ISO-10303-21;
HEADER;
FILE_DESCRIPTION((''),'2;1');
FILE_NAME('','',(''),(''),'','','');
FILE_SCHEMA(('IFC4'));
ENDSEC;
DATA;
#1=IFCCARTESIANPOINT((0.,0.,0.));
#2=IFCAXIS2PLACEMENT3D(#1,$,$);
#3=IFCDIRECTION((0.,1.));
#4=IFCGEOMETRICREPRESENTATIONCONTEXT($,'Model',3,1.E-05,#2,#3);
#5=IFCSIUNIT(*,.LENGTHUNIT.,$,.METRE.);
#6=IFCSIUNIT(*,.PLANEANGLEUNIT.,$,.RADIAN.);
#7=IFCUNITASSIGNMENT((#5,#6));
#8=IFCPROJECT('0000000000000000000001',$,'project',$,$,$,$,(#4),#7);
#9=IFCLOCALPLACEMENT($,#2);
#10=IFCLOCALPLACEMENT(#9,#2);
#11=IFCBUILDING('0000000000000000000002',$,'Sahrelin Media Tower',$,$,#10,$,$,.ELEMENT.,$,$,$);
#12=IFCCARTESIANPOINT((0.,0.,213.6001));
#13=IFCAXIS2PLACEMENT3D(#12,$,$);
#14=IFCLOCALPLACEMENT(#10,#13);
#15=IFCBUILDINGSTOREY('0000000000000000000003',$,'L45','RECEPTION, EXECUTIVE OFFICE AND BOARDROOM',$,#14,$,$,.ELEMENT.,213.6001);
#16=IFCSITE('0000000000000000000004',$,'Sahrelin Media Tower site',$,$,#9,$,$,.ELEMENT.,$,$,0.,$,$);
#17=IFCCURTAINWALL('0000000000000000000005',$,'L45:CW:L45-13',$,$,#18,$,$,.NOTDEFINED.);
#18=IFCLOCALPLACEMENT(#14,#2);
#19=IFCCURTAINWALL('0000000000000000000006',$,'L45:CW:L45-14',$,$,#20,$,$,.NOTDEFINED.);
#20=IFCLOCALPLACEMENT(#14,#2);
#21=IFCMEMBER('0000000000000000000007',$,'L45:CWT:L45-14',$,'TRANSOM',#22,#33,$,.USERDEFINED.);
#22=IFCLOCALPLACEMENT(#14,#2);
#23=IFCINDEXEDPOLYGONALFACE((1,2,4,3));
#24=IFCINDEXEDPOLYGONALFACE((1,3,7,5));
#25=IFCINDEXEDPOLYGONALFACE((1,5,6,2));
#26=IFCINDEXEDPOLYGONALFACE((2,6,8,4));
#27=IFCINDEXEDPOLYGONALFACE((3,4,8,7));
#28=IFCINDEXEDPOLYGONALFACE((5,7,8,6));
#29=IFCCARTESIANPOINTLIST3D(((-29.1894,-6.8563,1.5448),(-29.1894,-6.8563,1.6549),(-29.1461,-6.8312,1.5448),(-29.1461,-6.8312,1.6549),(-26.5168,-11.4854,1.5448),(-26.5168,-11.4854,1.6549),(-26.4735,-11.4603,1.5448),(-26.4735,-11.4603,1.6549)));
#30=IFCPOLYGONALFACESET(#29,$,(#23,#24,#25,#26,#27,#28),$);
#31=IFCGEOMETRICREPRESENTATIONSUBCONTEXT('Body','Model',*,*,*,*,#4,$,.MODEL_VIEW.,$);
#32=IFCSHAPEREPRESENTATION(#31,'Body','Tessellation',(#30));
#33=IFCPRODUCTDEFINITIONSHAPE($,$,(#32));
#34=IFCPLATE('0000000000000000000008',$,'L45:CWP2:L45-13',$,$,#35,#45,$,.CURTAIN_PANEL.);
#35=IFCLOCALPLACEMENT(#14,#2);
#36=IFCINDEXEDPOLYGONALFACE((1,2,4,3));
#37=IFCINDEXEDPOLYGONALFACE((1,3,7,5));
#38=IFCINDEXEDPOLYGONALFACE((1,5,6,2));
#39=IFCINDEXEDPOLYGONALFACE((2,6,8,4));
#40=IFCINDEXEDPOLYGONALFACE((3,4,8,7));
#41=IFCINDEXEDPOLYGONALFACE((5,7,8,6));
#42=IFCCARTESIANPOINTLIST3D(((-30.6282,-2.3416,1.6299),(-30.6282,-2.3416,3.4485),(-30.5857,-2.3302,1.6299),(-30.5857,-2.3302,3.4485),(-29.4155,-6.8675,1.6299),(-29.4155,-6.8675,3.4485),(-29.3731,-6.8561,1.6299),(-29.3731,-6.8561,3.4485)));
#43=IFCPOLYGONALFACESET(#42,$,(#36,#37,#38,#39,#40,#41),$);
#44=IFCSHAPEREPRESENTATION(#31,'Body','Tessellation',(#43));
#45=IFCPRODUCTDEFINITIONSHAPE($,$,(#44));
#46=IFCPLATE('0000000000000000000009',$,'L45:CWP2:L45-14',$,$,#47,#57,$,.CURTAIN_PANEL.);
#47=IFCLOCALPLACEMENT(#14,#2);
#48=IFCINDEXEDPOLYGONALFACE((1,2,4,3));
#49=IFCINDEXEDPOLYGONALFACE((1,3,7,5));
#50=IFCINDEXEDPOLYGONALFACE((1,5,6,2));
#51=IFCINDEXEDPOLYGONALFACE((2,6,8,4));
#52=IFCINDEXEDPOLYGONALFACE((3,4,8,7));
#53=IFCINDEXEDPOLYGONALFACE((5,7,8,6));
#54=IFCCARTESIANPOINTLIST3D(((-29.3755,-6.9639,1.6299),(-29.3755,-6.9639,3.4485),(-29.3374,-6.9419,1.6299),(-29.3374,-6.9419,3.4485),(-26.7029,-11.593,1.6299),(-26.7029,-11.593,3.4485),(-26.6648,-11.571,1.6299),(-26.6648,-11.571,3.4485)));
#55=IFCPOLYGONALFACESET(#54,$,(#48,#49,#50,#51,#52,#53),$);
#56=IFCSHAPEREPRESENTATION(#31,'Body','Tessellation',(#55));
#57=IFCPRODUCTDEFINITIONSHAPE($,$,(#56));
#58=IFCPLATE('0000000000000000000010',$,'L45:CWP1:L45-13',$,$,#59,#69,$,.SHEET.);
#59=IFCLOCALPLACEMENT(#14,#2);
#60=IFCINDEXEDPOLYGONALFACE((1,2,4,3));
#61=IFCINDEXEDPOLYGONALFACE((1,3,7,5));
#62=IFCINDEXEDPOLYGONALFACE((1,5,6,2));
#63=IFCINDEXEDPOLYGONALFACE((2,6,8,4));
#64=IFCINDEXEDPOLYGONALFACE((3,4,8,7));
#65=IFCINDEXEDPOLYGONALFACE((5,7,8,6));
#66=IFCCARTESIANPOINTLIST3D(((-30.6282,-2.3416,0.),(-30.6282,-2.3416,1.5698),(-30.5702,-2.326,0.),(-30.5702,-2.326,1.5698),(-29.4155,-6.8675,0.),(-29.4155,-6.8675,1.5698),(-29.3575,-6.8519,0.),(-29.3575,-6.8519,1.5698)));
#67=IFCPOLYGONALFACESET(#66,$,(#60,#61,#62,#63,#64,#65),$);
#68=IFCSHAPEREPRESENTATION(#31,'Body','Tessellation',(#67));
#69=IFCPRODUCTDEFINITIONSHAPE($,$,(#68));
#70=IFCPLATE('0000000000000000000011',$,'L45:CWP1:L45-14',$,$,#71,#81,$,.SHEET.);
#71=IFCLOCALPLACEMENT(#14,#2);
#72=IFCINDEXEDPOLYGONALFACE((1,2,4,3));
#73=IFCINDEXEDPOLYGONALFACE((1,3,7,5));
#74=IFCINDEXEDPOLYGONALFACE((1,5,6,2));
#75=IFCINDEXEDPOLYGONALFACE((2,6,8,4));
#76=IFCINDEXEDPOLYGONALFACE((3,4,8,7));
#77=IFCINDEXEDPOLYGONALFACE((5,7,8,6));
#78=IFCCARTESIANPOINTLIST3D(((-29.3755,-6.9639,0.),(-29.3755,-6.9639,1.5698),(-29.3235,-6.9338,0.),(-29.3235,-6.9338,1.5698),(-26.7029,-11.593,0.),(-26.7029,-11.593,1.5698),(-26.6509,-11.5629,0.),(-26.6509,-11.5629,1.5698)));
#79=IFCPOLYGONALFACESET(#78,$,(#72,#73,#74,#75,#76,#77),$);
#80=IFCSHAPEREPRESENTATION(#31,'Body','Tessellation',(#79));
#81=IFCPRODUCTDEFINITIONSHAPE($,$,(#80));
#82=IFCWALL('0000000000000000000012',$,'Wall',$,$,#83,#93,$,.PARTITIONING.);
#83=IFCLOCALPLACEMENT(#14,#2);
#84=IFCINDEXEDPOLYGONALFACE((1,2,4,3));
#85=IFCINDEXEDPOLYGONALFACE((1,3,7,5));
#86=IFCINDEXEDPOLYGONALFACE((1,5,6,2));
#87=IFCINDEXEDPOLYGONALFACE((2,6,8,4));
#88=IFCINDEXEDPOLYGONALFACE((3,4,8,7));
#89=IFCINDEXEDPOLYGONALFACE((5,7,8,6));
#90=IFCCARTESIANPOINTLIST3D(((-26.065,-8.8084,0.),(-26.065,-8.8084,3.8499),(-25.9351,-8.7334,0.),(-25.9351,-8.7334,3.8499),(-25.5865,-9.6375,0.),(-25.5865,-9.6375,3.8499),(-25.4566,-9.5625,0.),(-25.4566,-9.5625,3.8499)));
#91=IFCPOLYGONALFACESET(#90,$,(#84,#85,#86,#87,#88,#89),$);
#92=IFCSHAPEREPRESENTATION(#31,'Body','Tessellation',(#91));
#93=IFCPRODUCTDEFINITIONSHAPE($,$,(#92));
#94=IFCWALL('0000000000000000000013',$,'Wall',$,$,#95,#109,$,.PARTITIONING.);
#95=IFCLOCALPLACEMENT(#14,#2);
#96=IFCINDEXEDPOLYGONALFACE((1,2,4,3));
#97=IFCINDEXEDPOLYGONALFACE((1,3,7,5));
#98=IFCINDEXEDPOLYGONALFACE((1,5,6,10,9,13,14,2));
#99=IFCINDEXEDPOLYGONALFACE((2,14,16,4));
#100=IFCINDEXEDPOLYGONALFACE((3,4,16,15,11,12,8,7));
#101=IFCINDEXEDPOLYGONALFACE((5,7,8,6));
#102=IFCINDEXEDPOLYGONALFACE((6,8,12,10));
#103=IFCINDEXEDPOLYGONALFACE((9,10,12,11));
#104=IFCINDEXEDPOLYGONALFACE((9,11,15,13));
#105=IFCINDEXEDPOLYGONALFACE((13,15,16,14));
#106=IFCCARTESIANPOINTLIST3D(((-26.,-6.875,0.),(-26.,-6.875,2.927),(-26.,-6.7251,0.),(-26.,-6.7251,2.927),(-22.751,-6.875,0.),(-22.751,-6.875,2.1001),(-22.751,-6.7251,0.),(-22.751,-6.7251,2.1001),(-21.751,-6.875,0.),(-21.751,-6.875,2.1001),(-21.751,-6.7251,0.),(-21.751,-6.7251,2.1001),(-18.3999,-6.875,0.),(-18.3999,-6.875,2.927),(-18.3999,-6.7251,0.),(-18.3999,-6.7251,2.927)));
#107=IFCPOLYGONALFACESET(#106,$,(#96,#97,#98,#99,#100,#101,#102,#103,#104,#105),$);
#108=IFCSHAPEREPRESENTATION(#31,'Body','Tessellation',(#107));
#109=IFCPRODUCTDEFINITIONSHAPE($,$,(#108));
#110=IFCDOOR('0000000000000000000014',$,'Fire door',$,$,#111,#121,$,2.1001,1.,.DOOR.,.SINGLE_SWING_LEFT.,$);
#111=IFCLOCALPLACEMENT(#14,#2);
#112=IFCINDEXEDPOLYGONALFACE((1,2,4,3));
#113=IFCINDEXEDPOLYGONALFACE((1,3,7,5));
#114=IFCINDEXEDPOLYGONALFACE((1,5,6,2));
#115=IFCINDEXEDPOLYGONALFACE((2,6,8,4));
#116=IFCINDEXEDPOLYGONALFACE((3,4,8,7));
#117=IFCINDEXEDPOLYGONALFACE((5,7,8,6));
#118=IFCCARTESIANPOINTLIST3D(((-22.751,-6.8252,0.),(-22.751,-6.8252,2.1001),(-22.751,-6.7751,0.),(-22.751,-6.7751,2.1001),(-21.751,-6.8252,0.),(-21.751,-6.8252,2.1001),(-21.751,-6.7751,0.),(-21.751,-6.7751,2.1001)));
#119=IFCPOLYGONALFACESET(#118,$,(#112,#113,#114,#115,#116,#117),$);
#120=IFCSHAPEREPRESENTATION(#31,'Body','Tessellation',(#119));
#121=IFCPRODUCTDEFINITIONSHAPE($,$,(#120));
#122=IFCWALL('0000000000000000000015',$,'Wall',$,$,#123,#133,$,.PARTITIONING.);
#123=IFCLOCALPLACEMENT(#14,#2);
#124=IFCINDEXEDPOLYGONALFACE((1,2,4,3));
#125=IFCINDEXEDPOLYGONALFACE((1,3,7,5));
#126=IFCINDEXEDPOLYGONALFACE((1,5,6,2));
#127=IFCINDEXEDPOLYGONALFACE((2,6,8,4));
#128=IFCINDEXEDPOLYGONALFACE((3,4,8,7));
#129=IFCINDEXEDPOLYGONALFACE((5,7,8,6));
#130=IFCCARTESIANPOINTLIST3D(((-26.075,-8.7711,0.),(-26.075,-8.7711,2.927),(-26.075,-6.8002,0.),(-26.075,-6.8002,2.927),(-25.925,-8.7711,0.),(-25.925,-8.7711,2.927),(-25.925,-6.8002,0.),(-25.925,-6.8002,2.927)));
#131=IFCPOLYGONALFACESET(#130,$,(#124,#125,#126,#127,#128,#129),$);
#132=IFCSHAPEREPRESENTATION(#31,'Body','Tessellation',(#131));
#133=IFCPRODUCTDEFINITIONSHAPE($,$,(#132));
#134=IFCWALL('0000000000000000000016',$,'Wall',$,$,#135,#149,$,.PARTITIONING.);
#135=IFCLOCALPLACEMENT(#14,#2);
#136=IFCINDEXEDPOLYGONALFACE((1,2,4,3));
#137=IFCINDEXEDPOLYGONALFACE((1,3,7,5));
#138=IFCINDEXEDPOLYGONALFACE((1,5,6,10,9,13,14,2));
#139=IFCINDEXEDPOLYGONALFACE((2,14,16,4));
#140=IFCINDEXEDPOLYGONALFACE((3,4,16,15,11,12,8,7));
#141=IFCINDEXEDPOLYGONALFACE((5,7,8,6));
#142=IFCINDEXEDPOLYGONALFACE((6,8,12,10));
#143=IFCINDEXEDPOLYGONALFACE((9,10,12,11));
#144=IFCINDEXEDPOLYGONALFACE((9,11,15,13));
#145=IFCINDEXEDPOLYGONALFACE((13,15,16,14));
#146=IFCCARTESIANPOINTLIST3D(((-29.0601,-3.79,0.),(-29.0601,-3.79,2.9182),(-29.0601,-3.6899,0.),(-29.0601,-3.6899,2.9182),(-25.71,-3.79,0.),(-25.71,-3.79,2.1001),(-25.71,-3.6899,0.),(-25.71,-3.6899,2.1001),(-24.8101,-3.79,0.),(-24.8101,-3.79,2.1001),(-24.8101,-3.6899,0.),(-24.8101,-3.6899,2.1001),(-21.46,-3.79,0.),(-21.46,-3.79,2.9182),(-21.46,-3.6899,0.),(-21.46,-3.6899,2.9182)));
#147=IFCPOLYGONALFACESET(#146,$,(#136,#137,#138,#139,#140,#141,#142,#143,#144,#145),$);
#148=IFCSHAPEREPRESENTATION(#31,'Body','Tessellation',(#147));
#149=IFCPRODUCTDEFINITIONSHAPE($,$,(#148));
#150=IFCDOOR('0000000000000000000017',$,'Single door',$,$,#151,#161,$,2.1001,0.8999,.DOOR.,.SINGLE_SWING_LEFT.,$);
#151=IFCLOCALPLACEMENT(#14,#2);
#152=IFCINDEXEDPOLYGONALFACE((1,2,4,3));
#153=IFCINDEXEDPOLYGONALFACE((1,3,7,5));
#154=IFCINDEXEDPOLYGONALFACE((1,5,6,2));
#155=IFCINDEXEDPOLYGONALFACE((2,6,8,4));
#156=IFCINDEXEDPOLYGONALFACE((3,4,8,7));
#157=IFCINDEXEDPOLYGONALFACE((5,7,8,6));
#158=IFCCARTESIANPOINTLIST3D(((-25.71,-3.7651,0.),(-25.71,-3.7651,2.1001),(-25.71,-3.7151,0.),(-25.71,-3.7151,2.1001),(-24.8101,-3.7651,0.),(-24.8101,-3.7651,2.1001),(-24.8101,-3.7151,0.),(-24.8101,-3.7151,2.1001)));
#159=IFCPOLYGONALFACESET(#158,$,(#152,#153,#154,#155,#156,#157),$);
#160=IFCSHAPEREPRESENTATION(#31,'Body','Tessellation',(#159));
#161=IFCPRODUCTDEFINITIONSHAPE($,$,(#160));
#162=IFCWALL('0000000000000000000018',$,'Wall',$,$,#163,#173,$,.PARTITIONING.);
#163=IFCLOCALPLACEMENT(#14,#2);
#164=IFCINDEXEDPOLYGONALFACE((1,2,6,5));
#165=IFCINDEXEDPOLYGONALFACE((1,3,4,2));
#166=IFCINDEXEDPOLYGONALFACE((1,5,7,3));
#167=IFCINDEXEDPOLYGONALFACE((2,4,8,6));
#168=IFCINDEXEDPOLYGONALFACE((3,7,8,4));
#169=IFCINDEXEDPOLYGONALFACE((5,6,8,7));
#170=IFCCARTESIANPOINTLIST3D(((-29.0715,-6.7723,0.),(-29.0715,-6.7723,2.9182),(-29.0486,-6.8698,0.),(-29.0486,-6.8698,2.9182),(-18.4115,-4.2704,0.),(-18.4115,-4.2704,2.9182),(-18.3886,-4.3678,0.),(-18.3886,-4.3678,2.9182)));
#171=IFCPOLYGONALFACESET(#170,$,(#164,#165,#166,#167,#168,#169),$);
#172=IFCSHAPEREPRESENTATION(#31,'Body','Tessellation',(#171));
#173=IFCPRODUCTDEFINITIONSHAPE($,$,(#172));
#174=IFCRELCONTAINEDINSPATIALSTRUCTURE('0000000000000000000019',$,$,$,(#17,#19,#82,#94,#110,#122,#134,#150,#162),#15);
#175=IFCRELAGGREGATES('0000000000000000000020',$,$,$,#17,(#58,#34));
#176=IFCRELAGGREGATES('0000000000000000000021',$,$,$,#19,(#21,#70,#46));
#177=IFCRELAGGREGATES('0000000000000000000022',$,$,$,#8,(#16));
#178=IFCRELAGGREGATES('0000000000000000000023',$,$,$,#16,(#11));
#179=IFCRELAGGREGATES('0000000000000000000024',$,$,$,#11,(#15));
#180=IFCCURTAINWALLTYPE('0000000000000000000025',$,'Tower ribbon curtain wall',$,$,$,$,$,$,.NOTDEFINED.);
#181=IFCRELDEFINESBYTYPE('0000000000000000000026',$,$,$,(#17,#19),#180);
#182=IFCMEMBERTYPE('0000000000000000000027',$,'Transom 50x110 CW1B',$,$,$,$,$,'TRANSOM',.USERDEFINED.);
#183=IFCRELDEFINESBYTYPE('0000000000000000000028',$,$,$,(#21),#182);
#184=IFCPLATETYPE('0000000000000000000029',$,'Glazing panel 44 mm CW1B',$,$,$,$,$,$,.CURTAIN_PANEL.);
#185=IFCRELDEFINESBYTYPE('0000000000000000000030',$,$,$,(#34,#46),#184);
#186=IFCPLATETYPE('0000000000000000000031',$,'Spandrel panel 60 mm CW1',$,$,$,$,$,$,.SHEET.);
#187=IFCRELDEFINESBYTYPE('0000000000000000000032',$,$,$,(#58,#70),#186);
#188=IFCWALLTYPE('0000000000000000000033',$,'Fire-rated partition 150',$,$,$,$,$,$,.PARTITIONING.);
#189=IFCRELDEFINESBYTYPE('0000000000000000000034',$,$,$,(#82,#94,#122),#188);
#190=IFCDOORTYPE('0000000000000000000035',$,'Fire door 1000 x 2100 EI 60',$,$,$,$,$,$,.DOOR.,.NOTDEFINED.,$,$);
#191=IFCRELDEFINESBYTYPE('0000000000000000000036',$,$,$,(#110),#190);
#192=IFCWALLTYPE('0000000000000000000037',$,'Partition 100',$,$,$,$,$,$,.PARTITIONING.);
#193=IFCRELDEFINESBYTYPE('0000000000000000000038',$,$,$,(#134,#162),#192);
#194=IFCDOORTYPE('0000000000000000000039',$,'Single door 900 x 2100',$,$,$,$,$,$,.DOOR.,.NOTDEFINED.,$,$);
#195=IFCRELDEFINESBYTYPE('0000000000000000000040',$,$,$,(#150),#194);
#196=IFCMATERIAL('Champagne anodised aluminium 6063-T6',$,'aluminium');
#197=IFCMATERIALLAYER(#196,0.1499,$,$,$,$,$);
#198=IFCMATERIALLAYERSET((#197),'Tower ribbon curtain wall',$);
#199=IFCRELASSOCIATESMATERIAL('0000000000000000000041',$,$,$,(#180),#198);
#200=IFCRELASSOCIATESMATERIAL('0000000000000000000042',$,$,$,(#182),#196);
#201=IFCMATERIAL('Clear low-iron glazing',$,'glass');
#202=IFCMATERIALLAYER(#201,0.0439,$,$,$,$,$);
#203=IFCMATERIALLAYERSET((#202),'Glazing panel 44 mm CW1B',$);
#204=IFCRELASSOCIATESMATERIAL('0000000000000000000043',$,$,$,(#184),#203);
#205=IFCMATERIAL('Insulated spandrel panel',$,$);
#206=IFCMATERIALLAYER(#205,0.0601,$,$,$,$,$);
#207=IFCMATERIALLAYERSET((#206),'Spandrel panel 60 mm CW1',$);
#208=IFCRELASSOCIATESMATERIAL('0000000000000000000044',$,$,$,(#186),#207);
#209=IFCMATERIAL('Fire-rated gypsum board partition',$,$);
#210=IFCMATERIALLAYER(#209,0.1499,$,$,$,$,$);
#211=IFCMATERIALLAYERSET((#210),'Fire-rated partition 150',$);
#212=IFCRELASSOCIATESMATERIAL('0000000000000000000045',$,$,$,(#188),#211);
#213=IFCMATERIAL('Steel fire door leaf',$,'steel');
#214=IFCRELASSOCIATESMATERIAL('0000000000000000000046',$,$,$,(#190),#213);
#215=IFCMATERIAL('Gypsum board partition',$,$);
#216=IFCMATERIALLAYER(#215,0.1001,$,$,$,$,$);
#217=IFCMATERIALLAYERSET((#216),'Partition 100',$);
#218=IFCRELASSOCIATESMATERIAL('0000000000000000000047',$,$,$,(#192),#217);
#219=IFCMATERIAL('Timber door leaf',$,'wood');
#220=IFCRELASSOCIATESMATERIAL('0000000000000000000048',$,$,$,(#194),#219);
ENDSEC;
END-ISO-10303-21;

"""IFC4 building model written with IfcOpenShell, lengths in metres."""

from ifc_helpers import new_model, si_unit, direction, frame, frame_2d, origin, origin_2d, place, context, subcontext, project, spatial, polyline, rectangle, outline, extrude, material, layer, layer_set, material_profile, profile_set, type_object, element, fill, aggregate, save


model = new_model("IFC4")

# Units and contexts
model_context = context("Model", 3, precision=1e-05, world=origin(), true_north=direction((0.0, 1.0)))
body_context = subcontext(model_context, "Body", "Model", "MODEL_VIEW")
ifc_project = project(units=[si_unit("LENGTHUNIT", "METRE"), si_unit("PLANEANGLEUNIT", "RADIAN")], contexts=[model_context])

# Site, building, storey
site_placement = place(None, origin())
site = spatial("IfcSite", under=ifc_project, at=site_placement, Name="Sahrelin Media Tower site", CompositionType="ELEMENT", RefElevation=0.0)
building_placement = place(site_placement, origin())
building = spatial("IfcBuilding", under=site, at=building_placement, Name="Sahrelin Media Tower", CompositionType="ELEMENT")
storey_placement = place(building_placement, frame((0.0, 0.0, 213.6001)))
storey = spatial("IfcBuildingStorey", under=building, at=storey_placement, Name="L45", Description="RECEPTION, EXECUTIVE OFFICE AND BOARDROOM", CompositionType="ELEMENT", Elevation=213.6001)

# Curtain wall
ifc_material_1 = material(Name="Champagne anodised aluminium 6063-T6", Category="aluminium")
ifc_layer_1 = layer(ifc_material_1, 0.1499)
ifc_layer_set_1 = layer_set([ifc_layer_1], Name="Tower ribbon curtain wall")
curtain_wall_type = type_object("IfcCurtainWallType", Name="Tower ribbon curtain wall", PredefinedType="NOTDEFINED", material=ifc_layer_set_1)
curtain_wall_1_placement = place(storey_placement, frame((-30.0024, -4.5994, 0.0), z_axis=(0.0, 0.0, 1.0), x_axis=(1.0, 0.0, 0.0)))
curtain_wall_1 = element("IfcCurtainWall", 1, at=curtain_wall_1_placement, inside=storey, type_object=curtain_wall_type, Name="L45:CW:L45-13", PredefinedType="NOTDEFINED")

# Shared definitions
ifc_material_profile_1 = material_profile(ifc_material_1, rectangle(XDim=0.05, YDim=0.1101, at=origin_2d()), Name="Transom 50x110")
ifc_profile_set_1 = profile_set([ifc_material_profile_1], Name="Champagne anodised aluminium 6063-T6")
member_type_1 = type_object("IfcMemberType", Name="Transom 50x110 CW1B", ElementType="TRANSOM", PredefinedType="USERDEFINED", material=ifc_profile_set_1)

# Curtain wall, member
curtain_wall_2_placement = place(storey_placement, frame((-28.022, -9.2683, 0.0), z_axis=(0.0, 0.0, 1.0), x_axis=(1.0, 0.0, 0.0)))
curtain_wall_2 = element("IfcCurtainWall", 2, at=curtain_wall_2_placement, inside=storey, type_object=curtain_wall_type, Name="L45:CW:L45-14", PredefinedType="NOTDEFINED")
member_1_placement = place(storey_placement, frame((-29.1677, -6.8438, 1.5999), z_axis=(0.499995, -0.866028, 0.0), x_axis=(0.866028, 0.499995, 0.0)))
member_1 = element("IfcMember", 3, at=member_1_placement, type_object=member_type_1, Name="L45:CWT:L45-14", ObjectType="TRANSOM", PredefinedType="USERDEFINED", context=body_context, shape_type="SweptSolid", body=[
    extrude(rectangle(XDim=0.05, YDim=0.1101, at=origin_2d()), origin(), (0.0, 0.0, 1.0), 5.3452),
])

# Plates
ifc_material_2 = material(Name="Clear low-iron glazing", Category="glass")
ifc_layer_2 = layer(ifc_material_2, 0.0439)
ifc_layer_set_2 = layer_set([ifc_layer_2], Name="Glazing panel 44 mm CW1B")
plate_type_1 = type_object("IfcPlateType", Name="Glazing panel 44 mm CW1B", PredefinedType="CURTAIN_PANEL", material=ifc_layer_set_2)
plate_1_placement = place(storey_placement, frame((-30.6282, -2.3416, 1.6299), z_axis=(-0.965929, -0.258807, 0.0), x_axis=(0.258807, -0.965929, 0.0)))
plate_1 = element("IfcPlate", 4, at=plate_1_placement, type_object=plate_type_1, Name="L45:CWP2:L45-13", PredefinedType="CURTAIN_PANEL", context=body_context, shape_type="SweptSolid", body=[
    extrude(outline(polyline([(0.0, 0.0), (4.6855, 0.0), (4.6855, 1.8186), (0.0, 1.8186), (0.0, 0.0)])), origin(), (0.0, 0.0, -1.0), 0.0439),
])
plate_2_placement = place(storey_placement, frame((-29.3755, -6.9639, 1.6299), z_axis=(-0.866028, -0.499995, 0.0), x_axis=(0.499995, -0.866028, 0.0)))
plate_2 = element("IfcPlate", 5, at=plate_2_placement, type_object=plate_type_1, Name="L45:CWP2:L45-14", PredefinedType="CURTAIN_PANEL", context=body_context, shape_type="SweptSolid", body=[
    extrude(outline(polyline([(0.0, 0.0), (5.3452, 0.0), (5.3452, 1.8186), (0.0, 1.8186), (0.0, 0.0)])), origin(), (0.0, 0.0, -1.0), 0.0439),
])
ifc_material_3 = material(Name="Insulated spandrel panel")
ifc_layer_3 = layer(ifc_material_3, 0.0601)
ifc_layer_set_3 = layer_set([ifc_layer_3], Name="Spandrel panel 60 mm CW1")
plate_type_2 = type_object("IfcPlateType", Name="Spandrel panel 60 mm CW1", PredefinedType="SHEET", material=ifc_layer_set_3)
plate_3_placement = place(storey_placement, frame((-30.6282, -2.3416, 0.0), z_axis=(-0.965929, -0.258807, 0.0), x_axis=(0.258807, -0.965929, 0.0)))
plate_3 = element("IfcPlate", 6, at=plate_3_placement, type_object=plate_type_2, Name="L45:CWP1:L45-13", PredefinedType="SHEET", context=body_context, shape_type="SweptSolid", body=[
    extrude(outline(polyline([(0.0, 0.0), (4.6855, 0.0), (4.6855, 1.5698), (0.0, 1.5698), (0.0, 0.0)])), origin(), (0.0, 0.0, -1.0), 0.0601),
])
aggregate(curtain_wall_1, [plate_3, plate_1])
plate_4_placement = place(storey_placement, frame((-29.3755, -6.9639, 0.0), z_axis=(-0.866028, -0.499995, 0.0), x_axis=(0.499995, -0.866028, 0.0)))
plate_4 = element("IfcPlate", 7, at=plate_4_placement, type_object=plate_type_2, Name="L45:CWP1:L45-14", PredefinedType="SHEET", context=body_context, shape_type="SweptSolid", body=[
    extrude(outline(polyline([(0.0, 0.0), (5.3452, 0.0), (5.3452, 1.5698), (0.0, 1.5698), (0.0, 0.0)])), origin(), (0.0, 0.0, -1.0), 0.0601),
])
aggregate(curtain_wall_2, [member_1, plate_4, plate_2])

# Wall
ifc_material_4 = material(Name="Fire-rated gypsum board partition")
ifc_layer_4 = layer(ifc_material_4, 0.1499)
ifc_layer_set_4 = layer_set([ifc_layer_4], Name="Fire-rated partition 150")
wall_type_1 = type_object("IfcWallType", Name="Fire-rated partition 150", PredefinedType="PARTITIONING", material=ifc_layer_set_4)
wall_1_placement = place(storey_placement, frame((-26.0, -8.771, 0.0), z_axis=(0.0, 0.0, 1.0), x_axis=(0.49987, -0.866101, 0.0)))
element("IfcWall", 8, at=wall_1_placement, inside=storey, type_object=wall_type_1, Name="Wall", PredefinedType="PARTITIONING", context=body_context, shape_type="SweptSolid", body=[
    extrude(rectangle(XDim=0.9573, YDim=0.1499, at=frame_2d((0.4785, 0.0))), origin(), (0.0, 0.0, 1.0), 3.8499),
])

# Wall, opening, door
wall_2_placement = place(storey_placement, frame((-26.0, -6.8, 0.0), z_axis=(0.0, 0.0, 1.0), x_axis=(1.0, 0.0, 0.0)))
wall_2 = element("IfcWall", 9, at=wall_2_placement, inside=storey, type_object=wall_type_1, Name="Wall", PredefinedType="PARTITIONING", context=body_context, shape_type="SweptSolid", body=[
    extrude(rectangle(XDim=7.6001, YDim=0.1499, at=frame_2d((3.8, 0.0))), origin(), (0.0, 0.0, 1.0), 2.927),
])
opening_1_placement = place(wall_2_placement, frame((3.249, 0.0, 0.0)))
opening_1 = element("IfcOpeningElement", 10, at=opening_1_placement, cuts=wall_2, PredefinedType="OPENING", context=body_context, shape_type="SweptSolid", body=[
    extrude(rectangle(XDim=1.0, YDim=2.1001, at=frame_2d((0.5, 1.05))), frame((0.0, 0.075, 0.0), z_axis=(0.0, -1.0, 0.0), x_axis=(1.0, 0.0, 0.0)), (0.0, 0.0, 1.0), 0.1499),
])
ifc_material_5 = material(Name="Steel fire door leaf", Category="steel")
door_type_1 = type_object("IfcDoorType", Name="Fire door 1000 x 2100 EI 60", OperationType="NOTDEFINED", PredefinedType="DOOR", material=ifc_material_5)
door_1_placement = place(opening_1_placement, origin())
door_1 = element("IfcDoor", 11, at=door_1_placement, inside=storey, type_object=door_type_1, Name="Fire door", OperationType="SINGLE_SWING_LEFT", OverallHeight=2.1001, OverallWidth=1.0, PredefinedType="DOOR", context=body_context, shape_type="SweptSolid", body=[
    extrude(rectangle(XDim=1.0, YDim=2.1001, at=frame_2d((0.5, 1.05))), frame((0.0, 0.0249, 0.0), z_axis=(0.0, -1.0, 0.0), x_axis=(1.0, 0.0, 0.0)), (0.0, 0.0, 1.0), 0.05),
])
fill(opening_1, door_1)

# Wall
wall_3_placement = place(storey_placement, frame((-26.0, -8.771, 0.0), z_axis=(0.0, 0.0, 1.0), x_axis=(0.0, 1.0, 0.0)))
element("IfcWall", 12, at=wall_3_placement, inside=storey, type_object=wall_type_1, Name="Wall", PredefinedType="PARTITIONING", context=body_context, shape_type="SweptSolid", body=[
    extrude(rectangle(XDim=1.9709, YDim=0.1499, at=frame_2d((0.9854, 0.0))), origin(), (0.0, 0.0, 1.0), 2.927),
])

# Wall, opening, door
ifc_material_6 = material(Name="Gypsum board partition")
ifc_layer_5 = layer(ifc_material_6, 0.1001)
ifc_layer_set_5 = layer_set([ifc_layer_5], Name="Partition 100")
wall_type_2 = type_object("IfcWallType", Name="Partition 100", PredefinedType="PARTITIONING", material=ifc_layer_set_5)
wall_4_placement = place(storey_placement, frame((-29.0601, -3.74, 0.0), z_axis=(0.0, 0.0, 1.0), x_axis=(1.0, 0.0, 0.0)))
wall_4 = element("IfcWall", 13, at=wall_4_placement, inside=storey, type_object=wall_type_2, Name="Wall", PredefinedType="PARTITIONING", context=body_context, shape_type="SweptSolid", body=[
    extrude(rectangle(XDim=7.6001, YDim=0.1001, at=frame_2d((3.8, 0.0))), origin(), (0.0, 0.0, 1.0), 2.9182),
])
opening_2_placement = place(wall_4_placement, frame((3.3501, 0.0, 0.0)))
opening_2 = element("IfcOpeningElement", 14, at=opening_2_placement, cuts=wall_4, PredefinedType="OPENING", context=body_context, shape_type="SweptSolid", body=[
    extrude(rectangle(XDim=0.8999, YDim=2.1001, at=frame_2d((0.45, 1.05))), frame((0.0, 0.05, 0.0), z_axis=(0.0, -1.0, 0.0), x_axis=(1.0, 0.0, 0.0)), (0.0, 0.0, 1.0), 0.1001),
])
ifc_material_7 = material(Name="Timber door leaf", Category="wood")
door_type_2 = type_object("IfcDoorType", Name="Single door 900 x 2100", OperationType="NOTDEFINED", PredefinedType="DOOR", material=ifc_material_7)
door_2_placement = place(opening_2_placement, origin())
door_2 = element("IfcDoor", 15, at=door_2_placement, inside=storey, type_object=door_type_2, Name="Single door", OperationType="SINGLE_SWING_LEFT", OverallHeight=2.1001, OverallWidth=0.8999, PredefinedType="DOOR", context=body_context, shape_type="SweptSolid", body=[
    extrude(rectangle(XDim=0.8999, YDim=2.1001, at=frame_2d((0.45, 1.05))), frame((0.0, 0.0249, 0.0), z_axis=(0.0, -1.0, 0.0), x_axis=(1.0, 0.0, 0.0)), (0.0, 0.0, 1.0), 0.05),
])
fill(opening_2, door_2)

# Wall
wall_5_placement = place(storey_placement, frame((-29.0601, -6.821, 0.0), z_axis=(0.0, 0.0, 1.0), x_axis=(0.973546, 0.228492, 0.0)))
element("IfcWall", 16, at=wall_5_placement, inside=storey, type_object=wall_type_2, Name="Wall", PredefinedType="PARTITIONING", context=body_context, shape_type="SweptSolid", body=[
    extrude(rectangle(XDim=10.9497, YDim=0.1001, at=frame_2d((5.4749, 0.0))), origin(), (0.0, 0.0, 1.0), 2.9182),
])

save(model, "model.ifc")
